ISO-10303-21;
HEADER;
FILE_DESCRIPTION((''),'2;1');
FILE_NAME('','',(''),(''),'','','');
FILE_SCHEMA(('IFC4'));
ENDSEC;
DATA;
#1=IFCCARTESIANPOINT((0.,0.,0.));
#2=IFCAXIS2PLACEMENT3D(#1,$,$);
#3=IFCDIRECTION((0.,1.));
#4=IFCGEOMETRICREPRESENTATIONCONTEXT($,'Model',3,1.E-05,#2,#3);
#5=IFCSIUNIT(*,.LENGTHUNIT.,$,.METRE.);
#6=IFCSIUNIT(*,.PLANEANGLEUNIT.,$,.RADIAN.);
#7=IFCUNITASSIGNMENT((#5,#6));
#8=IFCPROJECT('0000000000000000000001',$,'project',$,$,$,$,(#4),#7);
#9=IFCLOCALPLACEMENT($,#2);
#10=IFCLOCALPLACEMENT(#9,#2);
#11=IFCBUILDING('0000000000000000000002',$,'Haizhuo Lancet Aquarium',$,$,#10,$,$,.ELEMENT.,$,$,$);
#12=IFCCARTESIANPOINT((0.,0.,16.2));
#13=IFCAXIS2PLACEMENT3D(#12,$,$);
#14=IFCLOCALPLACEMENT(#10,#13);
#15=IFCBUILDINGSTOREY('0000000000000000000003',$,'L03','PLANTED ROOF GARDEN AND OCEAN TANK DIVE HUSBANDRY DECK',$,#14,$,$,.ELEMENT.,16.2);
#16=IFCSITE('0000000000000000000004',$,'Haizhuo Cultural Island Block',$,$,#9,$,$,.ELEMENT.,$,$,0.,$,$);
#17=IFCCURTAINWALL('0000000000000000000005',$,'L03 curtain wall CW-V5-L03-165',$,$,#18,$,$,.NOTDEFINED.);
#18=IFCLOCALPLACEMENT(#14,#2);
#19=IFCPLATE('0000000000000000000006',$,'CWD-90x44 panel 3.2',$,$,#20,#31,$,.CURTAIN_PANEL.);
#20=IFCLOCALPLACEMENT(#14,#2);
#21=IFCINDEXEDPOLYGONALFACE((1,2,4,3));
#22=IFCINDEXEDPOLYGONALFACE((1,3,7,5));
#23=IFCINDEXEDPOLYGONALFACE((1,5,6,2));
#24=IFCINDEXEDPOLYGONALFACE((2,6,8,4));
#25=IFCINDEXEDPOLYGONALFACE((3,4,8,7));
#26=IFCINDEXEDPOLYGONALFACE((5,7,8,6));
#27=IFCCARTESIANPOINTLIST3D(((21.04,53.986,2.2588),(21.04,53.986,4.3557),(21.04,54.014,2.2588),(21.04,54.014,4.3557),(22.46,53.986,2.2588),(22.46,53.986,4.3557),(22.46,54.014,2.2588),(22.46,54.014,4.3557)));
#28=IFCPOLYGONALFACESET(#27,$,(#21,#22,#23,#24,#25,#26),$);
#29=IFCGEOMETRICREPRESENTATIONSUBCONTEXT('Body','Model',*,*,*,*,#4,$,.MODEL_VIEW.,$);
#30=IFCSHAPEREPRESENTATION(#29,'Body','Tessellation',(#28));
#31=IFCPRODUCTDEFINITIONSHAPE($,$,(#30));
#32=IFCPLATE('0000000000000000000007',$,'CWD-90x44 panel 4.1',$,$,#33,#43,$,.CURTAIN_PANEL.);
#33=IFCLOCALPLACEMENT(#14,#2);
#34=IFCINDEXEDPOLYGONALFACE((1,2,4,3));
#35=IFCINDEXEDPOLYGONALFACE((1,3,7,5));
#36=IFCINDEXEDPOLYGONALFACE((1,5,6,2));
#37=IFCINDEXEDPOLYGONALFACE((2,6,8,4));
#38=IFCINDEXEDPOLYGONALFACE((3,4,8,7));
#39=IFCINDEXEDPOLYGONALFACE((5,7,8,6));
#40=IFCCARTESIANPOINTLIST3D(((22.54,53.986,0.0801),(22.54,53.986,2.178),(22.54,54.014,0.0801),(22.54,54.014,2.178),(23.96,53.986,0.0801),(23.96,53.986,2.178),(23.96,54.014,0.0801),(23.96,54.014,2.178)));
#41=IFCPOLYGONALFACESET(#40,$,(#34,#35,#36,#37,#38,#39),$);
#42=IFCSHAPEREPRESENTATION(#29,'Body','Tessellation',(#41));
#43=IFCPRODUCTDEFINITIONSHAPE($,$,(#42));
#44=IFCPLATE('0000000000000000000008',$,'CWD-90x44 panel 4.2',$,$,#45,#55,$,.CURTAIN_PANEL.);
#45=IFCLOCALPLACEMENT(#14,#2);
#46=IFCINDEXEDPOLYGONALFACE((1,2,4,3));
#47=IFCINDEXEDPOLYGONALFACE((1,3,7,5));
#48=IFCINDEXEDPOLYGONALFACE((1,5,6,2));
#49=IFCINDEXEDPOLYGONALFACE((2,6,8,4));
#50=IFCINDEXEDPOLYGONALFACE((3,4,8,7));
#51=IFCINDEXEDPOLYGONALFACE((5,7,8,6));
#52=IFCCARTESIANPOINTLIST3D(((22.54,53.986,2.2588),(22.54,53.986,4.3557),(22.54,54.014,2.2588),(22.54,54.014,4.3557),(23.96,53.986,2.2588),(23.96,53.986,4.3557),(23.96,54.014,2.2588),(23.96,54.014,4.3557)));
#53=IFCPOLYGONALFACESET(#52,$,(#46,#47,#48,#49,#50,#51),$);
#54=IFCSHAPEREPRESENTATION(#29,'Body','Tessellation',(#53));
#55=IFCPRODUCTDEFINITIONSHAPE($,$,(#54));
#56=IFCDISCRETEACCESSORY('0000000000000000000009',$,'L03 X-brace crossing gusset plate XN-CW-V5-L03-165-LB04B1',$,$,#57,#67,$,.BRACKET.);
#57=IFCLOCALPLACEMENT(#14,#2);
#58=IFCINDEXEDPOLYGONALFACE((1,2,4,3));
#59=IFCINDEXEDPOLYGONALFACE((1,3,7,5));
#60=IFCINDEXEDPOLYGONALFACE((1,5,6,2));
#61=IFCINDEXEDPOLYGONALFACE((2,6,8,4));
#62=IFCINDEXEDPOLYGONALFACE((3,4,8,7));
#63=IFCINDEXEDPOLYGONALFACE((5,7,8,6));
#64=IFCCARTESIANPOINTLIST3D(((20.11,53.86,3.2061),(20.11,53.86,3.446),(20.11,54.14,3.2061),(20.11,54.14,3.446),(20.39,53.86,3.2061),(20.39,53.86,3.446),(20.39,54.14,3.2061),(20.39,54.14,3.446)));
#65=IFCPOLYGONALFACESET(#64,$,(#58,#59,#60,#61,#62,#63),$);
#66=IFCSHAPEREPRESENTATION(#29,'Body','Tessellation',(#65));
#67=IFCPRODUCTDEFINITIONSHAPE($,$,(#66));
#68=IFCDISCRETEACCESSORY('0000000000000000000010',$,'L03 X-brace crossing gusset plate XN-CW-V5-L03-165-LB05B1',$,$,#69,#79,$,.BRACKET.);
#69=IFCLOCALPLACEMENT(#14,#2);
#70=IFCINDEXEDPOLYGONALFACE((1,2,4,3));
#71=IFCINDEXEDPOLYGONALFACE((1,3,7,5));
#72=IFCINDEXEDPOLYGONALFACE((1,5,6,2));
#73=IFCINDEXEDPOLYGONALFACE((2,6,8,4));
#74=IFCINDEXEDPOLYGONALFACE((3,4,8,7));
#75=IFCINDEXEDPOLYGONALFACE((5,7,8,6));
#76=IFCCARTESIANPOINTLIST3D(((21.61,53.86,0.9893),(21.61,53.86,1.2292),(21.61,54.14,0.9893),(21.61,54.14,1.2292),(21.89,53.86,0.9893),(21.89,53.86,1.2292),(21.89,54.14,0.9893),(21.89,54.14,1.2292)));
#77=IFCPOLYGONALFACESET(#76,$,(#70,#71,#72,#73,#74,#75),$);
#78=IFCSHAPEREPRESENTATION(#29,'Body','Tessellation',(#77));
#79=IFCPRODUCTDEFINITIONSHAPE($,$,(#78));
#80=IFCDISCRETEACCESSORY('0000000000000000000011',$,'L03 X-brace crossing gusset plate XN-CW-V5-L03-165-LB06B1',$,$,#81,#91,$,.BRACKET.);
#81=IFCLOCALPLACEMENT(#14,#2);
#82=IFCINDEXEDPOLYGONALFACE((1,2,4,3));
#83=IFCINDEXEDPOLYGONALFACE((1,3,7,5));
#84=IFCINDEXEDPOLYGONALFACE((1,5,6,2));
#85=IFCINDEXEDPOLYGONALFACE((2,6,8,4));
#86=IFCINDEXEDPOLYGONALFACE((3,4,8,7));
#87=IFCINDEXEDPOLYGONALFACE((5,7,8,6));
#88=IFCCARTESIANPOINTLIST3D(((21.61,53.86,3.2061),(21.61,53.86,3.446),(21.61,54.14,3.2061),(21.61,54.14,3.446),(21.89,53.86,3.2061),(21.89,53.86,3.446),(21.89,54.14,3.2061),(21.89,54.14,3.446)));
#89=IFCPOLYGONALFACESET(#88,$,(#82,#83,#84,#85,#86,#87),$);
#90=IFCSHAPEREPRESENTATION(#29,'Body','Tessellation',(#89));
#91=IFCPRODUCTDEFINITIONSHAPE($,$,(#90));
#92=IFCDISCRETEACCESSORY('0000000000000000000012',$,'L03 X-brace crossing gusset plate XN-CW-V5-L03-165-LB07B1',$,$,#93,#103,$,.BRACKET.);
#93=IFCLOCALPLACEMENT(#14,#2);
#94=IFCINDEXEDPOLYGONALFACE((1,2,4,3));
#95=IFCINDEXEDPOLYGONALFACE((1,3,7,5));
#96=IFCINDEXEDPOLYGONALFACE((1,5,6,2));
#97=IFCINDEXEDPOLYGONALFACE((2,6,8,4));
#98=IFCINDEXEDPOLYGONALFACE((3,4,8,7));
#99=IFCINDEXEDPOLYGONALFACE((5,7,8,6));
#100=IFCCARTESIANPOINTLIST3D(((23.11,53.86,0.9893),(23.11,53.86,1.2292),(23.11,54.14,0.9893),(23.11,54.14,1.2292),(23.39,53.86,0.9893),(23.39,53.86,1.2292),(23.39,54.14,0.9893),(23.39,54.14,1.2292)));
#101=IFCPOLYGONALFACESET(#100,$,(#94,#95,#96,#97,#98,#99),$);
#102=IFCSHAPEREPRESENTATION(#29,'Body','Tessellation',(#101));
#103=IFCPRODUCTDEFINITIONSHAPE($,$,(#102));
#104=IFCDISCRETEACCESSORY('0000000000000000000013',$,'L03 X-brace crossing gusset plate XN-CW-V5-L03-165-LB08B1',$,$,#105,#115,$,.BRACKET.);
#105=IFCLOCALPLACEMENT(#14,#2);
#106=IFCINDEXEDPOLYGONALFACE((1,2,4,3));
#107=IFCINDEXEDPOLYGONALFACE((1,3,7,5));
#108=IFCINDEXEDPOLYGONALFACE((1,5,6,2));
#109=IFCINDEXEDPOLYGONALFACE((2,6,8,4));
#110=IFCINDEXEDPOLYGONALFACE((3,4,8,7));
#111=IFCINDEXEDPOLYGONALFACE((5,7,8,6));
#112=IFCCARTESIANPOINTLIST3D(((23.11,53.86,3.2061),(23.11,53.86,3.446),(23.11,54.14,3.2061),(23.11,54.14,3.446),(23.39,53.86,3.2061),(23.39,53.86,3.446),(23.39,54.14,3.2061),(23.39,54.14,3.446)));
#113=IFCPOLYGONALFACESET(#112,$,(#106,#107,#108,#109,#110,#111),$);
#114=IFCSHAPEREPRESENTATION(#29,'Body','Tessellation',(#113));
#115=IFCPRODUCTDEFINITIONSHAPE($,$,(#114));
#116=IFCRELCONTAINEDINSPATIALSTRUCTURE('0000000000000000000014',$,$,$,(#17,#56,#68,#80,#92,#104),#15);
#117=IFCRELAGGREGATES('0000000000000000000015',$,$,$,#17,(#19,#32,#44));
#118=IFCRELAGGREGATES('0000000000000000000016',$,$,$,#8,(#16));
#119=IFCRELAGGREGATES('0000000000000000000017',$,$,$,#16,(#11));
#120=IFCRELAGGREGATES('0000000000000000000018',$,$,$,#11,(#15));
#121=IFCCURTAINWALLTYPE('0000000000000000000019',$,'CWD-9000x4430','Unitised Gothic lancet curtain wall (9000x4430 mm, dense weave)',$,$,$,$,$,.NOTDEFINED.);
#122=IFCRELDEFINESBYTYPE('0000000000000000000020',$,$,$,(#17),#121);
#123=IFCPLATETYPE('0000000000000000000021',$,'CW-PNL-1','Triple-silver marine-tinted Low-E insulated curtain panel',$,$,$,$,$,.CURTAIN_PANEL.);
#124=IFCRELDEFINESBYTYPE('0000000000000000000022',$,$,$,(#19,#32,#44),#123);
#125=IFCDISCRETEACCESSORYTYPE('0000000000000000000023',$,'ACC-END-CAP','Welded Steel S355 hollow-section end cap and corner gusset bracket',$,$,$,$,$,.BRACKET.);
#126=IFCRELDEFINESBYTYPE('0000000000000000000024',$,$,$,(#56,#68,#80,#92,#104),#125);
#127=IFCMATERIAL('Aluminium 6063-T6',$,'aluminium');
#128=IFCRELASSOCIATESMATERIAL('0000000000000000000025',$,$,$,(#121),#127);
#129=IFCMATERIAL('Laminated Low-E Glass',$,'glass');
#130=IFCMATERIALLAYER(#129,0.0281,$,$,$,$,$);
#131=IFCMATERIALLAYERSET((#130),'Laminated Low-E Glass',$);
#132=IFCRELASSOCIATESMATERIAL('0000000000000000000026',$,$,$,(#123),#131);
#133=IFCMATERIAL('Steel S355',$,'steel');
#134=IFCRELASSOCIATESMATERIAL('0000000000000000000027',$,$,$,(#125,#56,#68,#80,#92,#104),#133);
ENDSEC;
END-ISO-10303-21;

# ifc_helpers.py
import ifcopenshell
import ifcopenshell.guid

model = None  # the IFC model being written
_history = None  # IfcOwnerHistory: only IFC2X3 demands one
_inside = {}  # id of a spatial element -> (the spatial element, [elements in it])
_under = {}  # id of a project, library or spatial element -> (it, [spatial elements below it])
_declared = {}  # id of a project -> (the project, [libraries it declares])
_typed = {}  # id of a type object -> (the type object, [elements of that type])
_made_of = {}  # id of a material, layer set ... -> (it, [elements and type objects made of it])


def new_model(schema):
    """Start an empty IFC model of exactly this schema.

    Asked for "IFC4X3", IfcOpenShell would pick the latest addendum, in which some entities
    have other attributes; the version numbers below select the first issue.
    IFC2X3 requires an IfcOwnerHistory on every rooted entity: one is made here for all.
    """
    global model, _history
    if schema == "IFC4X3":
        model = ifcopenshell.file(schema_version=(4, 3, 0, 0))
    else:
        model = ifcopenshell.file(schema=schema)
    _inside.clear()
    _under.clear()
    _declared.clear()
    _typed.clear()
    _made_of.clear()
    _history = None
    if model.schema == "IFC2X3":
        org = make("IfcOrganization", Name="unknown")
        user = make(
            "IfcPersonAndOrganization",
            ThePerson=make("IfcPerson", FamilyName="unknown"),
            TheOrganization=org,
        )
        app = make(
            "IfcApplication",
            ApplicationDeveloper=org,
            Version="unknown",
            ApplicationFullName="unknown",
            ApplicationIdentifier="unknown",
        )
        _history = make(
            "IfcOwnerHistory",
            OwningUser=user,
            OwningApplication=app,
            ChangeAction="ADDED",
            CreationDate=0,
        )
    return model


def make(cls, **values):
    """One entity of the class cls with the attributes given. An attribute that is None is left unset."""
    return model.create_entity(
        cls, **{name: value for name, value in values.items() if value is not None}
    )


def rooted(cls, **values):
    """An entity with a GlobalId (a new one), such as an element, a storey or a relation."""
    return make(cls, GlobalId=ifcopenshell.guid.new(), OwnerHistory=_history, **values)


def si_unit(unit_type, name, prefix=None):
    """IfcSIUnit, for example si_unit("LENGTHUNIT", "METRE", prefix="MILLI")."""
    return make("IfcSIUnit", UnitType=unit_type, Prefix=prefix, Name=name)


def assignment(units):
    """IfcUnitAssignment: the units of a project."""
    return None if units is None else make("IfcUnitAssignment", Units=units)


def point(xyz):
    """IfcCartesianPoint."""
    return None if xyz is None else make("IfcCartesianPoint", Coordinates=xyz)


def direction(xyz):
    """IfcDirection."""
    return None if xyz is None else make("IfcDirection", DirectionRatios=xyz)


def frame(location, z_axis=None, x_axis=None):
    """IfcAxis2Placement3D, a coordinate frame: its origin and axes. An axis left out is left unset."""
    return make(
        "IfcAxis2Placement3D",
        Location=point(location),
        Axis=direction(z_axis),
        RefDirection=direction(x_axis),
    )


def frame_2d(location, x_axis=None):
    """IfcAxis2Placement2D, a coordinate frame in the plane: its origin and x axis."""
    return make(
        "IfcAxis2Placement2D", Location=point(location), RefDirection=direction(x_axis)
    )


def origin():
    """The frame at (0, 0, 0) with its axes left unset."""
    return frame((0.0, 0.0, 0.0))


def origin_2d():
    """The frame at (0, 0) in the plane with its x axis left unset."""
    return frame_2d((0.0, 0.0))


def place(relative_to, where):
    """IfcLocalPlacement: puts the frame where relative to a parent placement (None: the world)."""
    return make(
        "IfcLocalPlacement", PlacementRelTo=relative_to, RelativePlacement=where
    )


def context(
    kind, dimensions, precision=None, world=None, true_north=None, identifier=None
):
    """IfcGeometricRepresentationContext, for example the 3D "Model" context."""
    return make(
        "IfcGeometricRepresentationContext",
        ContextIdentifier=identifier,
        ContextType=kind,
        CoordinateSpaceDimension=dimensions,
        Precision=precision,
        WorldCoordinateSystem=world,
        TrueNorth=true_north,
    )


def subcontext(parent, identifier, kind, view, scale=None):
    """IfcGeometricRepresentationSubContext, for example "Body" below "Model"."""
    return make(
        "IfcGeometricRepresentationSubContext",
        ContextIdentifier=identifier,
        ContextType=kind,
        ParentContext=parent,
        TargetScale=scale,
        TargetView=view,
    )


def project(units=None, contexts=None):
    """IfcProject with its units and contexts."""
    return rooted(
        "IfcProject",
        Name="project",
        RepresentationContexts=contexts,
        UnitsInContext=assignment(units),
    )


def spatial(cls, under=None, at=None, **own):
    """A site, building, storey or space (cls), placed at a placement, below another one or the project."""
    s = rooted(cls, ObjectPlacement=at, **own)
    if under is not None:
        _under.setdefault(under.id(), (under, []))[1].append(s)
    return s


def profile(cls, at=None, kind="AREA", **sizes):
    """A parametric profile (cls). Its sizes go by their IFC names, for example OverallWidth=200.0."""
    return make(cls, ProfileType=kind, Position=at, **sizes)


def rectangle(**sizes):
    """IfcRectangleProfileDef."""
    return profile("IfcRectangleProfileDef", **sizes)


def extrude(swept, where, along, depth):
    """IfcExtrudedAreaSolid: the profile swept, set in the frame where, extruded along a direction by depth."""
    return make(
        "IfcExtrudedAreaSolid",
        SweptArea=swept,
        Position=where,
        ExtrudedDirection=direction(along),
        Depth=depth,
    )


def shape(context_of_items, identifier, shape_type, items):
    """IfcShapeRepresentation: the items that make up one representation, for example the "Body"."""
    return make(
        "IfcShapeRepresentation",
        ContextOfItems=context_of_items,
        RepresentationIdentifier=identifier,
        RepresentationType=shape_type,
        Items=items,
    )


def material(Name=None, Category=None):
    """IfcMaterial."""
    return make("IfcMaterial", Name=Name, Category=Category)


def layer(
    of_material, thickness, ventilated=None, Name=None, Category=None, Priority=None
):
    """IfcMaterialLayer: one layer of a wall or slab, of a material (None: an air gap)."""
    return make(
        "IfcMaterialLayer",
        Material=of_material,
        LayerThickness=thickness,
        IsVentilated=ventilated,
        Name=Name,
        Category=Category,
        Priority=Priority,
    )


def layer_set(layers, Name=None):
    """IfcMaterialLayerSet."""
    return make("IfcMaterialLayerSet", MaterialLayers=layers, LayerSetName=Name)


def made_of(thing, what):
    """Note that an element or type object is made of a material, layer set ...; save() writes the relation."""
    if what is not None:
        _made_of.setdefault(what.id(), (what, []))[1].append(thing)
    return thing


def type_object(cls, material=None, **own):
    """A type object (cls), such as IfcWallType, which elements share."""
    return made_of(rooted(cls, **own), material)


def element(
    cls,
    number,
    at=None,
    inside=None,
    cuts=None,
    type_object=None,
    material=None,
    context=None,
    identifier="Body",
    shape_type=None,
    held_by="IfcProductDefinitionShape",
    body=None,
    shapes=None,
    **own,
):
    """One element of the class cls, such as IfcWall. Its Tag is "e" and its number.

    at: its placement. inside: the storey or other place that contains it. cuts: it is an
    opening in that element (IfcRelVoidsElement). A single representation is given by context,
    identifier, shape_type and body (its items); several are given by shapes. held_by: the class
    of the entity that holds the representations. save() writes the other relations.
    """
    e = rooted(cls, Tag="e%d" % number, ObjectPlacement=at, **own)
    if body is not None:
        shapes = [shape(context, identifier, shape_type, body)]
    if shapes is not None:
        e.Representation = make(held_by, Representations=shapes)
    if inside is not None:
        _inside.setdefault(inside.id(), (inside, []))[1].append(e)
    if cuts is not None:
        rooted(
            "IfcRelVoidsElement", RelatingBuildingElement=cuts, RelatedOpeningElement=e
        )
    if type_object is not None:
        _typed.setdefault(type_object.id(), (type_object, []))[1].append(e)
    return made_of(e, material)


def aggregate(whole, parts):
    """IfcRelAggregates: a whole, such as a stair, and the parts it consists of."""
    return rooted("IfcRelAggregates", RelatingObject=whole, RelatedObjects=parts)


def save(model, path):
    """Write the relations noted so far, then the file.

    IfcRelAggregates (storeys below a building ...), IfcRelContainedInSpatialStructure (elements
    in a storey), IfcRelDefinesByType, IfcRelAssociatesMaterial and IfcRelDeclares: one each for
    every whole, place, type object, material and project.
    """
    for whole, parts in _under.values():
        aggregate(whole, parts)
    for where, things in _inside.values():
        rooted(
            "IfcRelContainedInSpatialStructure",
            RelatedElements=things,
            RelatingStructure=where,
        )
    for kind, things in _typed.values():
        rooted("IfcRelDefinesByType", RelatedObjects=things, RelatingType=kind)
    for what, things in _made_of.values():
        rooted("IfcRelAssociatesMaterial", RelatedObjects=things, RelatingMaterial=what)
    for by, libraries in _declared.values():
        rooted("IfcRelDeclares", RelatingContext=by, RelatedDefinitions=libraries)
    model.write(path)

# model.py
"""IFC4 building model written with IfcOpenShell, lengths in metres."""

from ifc_helpers import new_model, si_unit, direction, frame, origin, origin_2d, place, context, subcontext, project, spatial, rectangle, extrude, material, layer, layer_set, type_object, element, aggregate, save


model = new_model("IFC4")

# Units and contexts
model_context = context("Model", 3, precision=1e-05, world=origin(), true_north=direction((0.0, 1.0)))
body_context = subcontext(model_context, "Body", "Model", "MODEL_VIEW")
ifc_project = project(units=[si_unit("LENGTHUNIT", "METRE"), si_unit("PLANEANGLEUNIT", "RADIAN")], contexts=[model_context])

# Site, building, storey
site_placement = place(None, origin())
site = spatial("IfcSite", under=ifc_project, at=site_placement, Name="Haizhuo Cultural Island Block", CompositionType="ELEMENT", RefElevation=0.0)
building_placement = place(site_placement, origin())
building = spatial("IfcBuilding", under=site, at=building_placement, Name="Haizhuo Lancet Aquarium", CompositionType="ELEMENT")
storey_placement = place(building_placement, frame((0.0, 0.0, 16.2)))
storey = spatial("IfcBuildingStorey", under=building, at=storey_placement, Name="L03", Description="PLANTED ROOF GARDEN AND OCEAN TANK DIVE HUSBANDRY DECK", CompositionType="ELEMENT", Elevation=16.2)

# Curtain wall
ifc_material_1 = material(Name="Aluminium 6063-T6", Category="aluminium")
curtain_wall_type = type_object("IfcCurtainWallType", Name="CWD-9000x4430", Description="Unitised Gothic lancet curtain wall (9000x4430 mm, dense weave)", PredefinedType="NOTDEFINED", material=ifc_material_1)
curtain_wall_placement = place(storey_placement, origin())
curtain_wall = element("IfcCurtainWall", 1, at=curtain_wall_placement, inside=storey, type_object=curtain_wall_type, Name="L03 curtain wall CW-V5-L03-165", PredefinedType="NOTDEFINED")

# Shared definitions
ifc_material_2 = material(Name="Steel S355", Category="steel")

# Plates
ifc_material_3 = material(Name="Laminated Low-E Glass", Category="glass")
ifc_layer = layer(ifc_material_3, 0.0281)
ifc_layer_set = layer_set([ifc_layer], Name="Laminated Low-E Glass")
plate_type = type_object("IfcPlateType", Name="CW-PNL-1", Description="Triple-silver marine-tinted Low-E insulated curtain panel", PredefinedType="CURTAIN_PANEL", material=ifc_layer_set)
plate_1_placement = place(storey_placement, frame((21.75, 54.0, 2.2588), z_axis=(0.0, 0.0, 1.0), x_axis=(1.0, 0.0, 0.0)))
plate_1 = element("IfcPlate", 2, at=plate_1_placement, type_object=plate_type, Name="CWD-90x44 panel 3.2", PredefinedType="CURTAIN_PANEL", context=body_context, shape_type="SweptSolid", body=[
    extrude(rectangle(XDim=1.4199, YDim=0.0281, at=origin_2d()), origin(), (0.0, 0.0, 1.0), 2.0969),
])
plate_2_placement = place(storey_placement, frame((23.25, 54.0, 0.0801), z_axis=(0.0, 0.0, 1.0), x_axis=(1.0, 0.0, 0.0)))
plate_2 = element("IfcPlate", 3, at=plate_2_placement, type_object=plate_type, Name="CWD-90x44 panel 4.1", PredefinedType="CURTAIN_PANEL", context=body_context, shape_type="SweptSolid", body=[
    extrude(rectangle(XDim=1.4199, YDim=0.0281, at=origin_2d()), origin(), (0.0, 0.0, 1.0), 2.0979),
])
plate_3_placement = place(storey_placement, frame((23.25, 54.0, 2.2588), z_axis=(0.0, 0.0, 1.0), x_axis=(1.0, 0.0, 0.0)))
plate_3 = element("IfcPlate", 4, at=plate_3_placement, type_object=plate_type, Name="CWD-90x44 panel 4.2", PredefinedType="CURTAIN_PANEL", context=body_context, shape_type="SweptSolid", body=[
    extrude(rectangle(XDim=1.4199, YDim=0.0281, at=origin_2d()), origin(), (0.0, 0.0, 1.0), 2.0969),
])
aggregate(curtain_wall, [plate_1, plate_2, plate_3])

# Discrete accessories
discrete_accessory_type = type_object("IfcDiscreteAccessoryType", Name="ACC-END-CAP", Description="Welded Steel S355 hollow-section end cap and corner gusset bracket", PredefinedType="BRACKET", material=ifc_material_2)
for number, where, z_axis, x_axis, name in (
    (5, (20.25, 54.0, 3.2061), (0.0, 0.0, 1.0), (1.0, 0.0, 0.0), "L03 X-brace crossing gusset plate XN-CW-V5-L03-165-LB04B1"),
    (6, (21.75, 54.0, 0.9893), (0.0, 0.0, 1.0), (1.0, 0.0, 0.0), "L03 X-brace crossing gusset plate XN-CW-V5-L03-165-LB05B1"),
    (7, (21.75, 54.0, 3.2061), (0.0, 0.0, 1.0), (1.0, 0.0, 0.0), "L03 X-brace crossing gusset plate XN-CW-V5-L03-165-LB06B1"),
    (8, (23.25, 54.0, 0.9893), (0.0, 0.0, 1.0), (1.0, 0.0, 0.0), "L03 X-brace crossing gusset plate XN-CW-V5-L03-165-LB07B1"),
    (9, (23.25, 54.0, 3.2061), (0.0, 0.0, 1.0), (1.0, 0.0, 0.0), "L03 X-brace crossing gusset plate XN-CW-V5-L03-165-LB08B1"),
):
    element("IfcDiscreteAccessory", number, at=place(storey_placement, frame(where, z_axis=z_axis, x_axis=x_axis)), inside=storey, type_object=discrete_accessory_type, material=ifc_material_2, Name=name, PredefinedType="BRACKET", context=body_context, shape_type="SweptSolid", body=[
        extrude(rectangle(XDim=0.28, YDim=0.28, at=origin_2d()), origin(), (0.0, 0.0, 1.0), 0.24),
    ])

save(model, "model.ifc")
